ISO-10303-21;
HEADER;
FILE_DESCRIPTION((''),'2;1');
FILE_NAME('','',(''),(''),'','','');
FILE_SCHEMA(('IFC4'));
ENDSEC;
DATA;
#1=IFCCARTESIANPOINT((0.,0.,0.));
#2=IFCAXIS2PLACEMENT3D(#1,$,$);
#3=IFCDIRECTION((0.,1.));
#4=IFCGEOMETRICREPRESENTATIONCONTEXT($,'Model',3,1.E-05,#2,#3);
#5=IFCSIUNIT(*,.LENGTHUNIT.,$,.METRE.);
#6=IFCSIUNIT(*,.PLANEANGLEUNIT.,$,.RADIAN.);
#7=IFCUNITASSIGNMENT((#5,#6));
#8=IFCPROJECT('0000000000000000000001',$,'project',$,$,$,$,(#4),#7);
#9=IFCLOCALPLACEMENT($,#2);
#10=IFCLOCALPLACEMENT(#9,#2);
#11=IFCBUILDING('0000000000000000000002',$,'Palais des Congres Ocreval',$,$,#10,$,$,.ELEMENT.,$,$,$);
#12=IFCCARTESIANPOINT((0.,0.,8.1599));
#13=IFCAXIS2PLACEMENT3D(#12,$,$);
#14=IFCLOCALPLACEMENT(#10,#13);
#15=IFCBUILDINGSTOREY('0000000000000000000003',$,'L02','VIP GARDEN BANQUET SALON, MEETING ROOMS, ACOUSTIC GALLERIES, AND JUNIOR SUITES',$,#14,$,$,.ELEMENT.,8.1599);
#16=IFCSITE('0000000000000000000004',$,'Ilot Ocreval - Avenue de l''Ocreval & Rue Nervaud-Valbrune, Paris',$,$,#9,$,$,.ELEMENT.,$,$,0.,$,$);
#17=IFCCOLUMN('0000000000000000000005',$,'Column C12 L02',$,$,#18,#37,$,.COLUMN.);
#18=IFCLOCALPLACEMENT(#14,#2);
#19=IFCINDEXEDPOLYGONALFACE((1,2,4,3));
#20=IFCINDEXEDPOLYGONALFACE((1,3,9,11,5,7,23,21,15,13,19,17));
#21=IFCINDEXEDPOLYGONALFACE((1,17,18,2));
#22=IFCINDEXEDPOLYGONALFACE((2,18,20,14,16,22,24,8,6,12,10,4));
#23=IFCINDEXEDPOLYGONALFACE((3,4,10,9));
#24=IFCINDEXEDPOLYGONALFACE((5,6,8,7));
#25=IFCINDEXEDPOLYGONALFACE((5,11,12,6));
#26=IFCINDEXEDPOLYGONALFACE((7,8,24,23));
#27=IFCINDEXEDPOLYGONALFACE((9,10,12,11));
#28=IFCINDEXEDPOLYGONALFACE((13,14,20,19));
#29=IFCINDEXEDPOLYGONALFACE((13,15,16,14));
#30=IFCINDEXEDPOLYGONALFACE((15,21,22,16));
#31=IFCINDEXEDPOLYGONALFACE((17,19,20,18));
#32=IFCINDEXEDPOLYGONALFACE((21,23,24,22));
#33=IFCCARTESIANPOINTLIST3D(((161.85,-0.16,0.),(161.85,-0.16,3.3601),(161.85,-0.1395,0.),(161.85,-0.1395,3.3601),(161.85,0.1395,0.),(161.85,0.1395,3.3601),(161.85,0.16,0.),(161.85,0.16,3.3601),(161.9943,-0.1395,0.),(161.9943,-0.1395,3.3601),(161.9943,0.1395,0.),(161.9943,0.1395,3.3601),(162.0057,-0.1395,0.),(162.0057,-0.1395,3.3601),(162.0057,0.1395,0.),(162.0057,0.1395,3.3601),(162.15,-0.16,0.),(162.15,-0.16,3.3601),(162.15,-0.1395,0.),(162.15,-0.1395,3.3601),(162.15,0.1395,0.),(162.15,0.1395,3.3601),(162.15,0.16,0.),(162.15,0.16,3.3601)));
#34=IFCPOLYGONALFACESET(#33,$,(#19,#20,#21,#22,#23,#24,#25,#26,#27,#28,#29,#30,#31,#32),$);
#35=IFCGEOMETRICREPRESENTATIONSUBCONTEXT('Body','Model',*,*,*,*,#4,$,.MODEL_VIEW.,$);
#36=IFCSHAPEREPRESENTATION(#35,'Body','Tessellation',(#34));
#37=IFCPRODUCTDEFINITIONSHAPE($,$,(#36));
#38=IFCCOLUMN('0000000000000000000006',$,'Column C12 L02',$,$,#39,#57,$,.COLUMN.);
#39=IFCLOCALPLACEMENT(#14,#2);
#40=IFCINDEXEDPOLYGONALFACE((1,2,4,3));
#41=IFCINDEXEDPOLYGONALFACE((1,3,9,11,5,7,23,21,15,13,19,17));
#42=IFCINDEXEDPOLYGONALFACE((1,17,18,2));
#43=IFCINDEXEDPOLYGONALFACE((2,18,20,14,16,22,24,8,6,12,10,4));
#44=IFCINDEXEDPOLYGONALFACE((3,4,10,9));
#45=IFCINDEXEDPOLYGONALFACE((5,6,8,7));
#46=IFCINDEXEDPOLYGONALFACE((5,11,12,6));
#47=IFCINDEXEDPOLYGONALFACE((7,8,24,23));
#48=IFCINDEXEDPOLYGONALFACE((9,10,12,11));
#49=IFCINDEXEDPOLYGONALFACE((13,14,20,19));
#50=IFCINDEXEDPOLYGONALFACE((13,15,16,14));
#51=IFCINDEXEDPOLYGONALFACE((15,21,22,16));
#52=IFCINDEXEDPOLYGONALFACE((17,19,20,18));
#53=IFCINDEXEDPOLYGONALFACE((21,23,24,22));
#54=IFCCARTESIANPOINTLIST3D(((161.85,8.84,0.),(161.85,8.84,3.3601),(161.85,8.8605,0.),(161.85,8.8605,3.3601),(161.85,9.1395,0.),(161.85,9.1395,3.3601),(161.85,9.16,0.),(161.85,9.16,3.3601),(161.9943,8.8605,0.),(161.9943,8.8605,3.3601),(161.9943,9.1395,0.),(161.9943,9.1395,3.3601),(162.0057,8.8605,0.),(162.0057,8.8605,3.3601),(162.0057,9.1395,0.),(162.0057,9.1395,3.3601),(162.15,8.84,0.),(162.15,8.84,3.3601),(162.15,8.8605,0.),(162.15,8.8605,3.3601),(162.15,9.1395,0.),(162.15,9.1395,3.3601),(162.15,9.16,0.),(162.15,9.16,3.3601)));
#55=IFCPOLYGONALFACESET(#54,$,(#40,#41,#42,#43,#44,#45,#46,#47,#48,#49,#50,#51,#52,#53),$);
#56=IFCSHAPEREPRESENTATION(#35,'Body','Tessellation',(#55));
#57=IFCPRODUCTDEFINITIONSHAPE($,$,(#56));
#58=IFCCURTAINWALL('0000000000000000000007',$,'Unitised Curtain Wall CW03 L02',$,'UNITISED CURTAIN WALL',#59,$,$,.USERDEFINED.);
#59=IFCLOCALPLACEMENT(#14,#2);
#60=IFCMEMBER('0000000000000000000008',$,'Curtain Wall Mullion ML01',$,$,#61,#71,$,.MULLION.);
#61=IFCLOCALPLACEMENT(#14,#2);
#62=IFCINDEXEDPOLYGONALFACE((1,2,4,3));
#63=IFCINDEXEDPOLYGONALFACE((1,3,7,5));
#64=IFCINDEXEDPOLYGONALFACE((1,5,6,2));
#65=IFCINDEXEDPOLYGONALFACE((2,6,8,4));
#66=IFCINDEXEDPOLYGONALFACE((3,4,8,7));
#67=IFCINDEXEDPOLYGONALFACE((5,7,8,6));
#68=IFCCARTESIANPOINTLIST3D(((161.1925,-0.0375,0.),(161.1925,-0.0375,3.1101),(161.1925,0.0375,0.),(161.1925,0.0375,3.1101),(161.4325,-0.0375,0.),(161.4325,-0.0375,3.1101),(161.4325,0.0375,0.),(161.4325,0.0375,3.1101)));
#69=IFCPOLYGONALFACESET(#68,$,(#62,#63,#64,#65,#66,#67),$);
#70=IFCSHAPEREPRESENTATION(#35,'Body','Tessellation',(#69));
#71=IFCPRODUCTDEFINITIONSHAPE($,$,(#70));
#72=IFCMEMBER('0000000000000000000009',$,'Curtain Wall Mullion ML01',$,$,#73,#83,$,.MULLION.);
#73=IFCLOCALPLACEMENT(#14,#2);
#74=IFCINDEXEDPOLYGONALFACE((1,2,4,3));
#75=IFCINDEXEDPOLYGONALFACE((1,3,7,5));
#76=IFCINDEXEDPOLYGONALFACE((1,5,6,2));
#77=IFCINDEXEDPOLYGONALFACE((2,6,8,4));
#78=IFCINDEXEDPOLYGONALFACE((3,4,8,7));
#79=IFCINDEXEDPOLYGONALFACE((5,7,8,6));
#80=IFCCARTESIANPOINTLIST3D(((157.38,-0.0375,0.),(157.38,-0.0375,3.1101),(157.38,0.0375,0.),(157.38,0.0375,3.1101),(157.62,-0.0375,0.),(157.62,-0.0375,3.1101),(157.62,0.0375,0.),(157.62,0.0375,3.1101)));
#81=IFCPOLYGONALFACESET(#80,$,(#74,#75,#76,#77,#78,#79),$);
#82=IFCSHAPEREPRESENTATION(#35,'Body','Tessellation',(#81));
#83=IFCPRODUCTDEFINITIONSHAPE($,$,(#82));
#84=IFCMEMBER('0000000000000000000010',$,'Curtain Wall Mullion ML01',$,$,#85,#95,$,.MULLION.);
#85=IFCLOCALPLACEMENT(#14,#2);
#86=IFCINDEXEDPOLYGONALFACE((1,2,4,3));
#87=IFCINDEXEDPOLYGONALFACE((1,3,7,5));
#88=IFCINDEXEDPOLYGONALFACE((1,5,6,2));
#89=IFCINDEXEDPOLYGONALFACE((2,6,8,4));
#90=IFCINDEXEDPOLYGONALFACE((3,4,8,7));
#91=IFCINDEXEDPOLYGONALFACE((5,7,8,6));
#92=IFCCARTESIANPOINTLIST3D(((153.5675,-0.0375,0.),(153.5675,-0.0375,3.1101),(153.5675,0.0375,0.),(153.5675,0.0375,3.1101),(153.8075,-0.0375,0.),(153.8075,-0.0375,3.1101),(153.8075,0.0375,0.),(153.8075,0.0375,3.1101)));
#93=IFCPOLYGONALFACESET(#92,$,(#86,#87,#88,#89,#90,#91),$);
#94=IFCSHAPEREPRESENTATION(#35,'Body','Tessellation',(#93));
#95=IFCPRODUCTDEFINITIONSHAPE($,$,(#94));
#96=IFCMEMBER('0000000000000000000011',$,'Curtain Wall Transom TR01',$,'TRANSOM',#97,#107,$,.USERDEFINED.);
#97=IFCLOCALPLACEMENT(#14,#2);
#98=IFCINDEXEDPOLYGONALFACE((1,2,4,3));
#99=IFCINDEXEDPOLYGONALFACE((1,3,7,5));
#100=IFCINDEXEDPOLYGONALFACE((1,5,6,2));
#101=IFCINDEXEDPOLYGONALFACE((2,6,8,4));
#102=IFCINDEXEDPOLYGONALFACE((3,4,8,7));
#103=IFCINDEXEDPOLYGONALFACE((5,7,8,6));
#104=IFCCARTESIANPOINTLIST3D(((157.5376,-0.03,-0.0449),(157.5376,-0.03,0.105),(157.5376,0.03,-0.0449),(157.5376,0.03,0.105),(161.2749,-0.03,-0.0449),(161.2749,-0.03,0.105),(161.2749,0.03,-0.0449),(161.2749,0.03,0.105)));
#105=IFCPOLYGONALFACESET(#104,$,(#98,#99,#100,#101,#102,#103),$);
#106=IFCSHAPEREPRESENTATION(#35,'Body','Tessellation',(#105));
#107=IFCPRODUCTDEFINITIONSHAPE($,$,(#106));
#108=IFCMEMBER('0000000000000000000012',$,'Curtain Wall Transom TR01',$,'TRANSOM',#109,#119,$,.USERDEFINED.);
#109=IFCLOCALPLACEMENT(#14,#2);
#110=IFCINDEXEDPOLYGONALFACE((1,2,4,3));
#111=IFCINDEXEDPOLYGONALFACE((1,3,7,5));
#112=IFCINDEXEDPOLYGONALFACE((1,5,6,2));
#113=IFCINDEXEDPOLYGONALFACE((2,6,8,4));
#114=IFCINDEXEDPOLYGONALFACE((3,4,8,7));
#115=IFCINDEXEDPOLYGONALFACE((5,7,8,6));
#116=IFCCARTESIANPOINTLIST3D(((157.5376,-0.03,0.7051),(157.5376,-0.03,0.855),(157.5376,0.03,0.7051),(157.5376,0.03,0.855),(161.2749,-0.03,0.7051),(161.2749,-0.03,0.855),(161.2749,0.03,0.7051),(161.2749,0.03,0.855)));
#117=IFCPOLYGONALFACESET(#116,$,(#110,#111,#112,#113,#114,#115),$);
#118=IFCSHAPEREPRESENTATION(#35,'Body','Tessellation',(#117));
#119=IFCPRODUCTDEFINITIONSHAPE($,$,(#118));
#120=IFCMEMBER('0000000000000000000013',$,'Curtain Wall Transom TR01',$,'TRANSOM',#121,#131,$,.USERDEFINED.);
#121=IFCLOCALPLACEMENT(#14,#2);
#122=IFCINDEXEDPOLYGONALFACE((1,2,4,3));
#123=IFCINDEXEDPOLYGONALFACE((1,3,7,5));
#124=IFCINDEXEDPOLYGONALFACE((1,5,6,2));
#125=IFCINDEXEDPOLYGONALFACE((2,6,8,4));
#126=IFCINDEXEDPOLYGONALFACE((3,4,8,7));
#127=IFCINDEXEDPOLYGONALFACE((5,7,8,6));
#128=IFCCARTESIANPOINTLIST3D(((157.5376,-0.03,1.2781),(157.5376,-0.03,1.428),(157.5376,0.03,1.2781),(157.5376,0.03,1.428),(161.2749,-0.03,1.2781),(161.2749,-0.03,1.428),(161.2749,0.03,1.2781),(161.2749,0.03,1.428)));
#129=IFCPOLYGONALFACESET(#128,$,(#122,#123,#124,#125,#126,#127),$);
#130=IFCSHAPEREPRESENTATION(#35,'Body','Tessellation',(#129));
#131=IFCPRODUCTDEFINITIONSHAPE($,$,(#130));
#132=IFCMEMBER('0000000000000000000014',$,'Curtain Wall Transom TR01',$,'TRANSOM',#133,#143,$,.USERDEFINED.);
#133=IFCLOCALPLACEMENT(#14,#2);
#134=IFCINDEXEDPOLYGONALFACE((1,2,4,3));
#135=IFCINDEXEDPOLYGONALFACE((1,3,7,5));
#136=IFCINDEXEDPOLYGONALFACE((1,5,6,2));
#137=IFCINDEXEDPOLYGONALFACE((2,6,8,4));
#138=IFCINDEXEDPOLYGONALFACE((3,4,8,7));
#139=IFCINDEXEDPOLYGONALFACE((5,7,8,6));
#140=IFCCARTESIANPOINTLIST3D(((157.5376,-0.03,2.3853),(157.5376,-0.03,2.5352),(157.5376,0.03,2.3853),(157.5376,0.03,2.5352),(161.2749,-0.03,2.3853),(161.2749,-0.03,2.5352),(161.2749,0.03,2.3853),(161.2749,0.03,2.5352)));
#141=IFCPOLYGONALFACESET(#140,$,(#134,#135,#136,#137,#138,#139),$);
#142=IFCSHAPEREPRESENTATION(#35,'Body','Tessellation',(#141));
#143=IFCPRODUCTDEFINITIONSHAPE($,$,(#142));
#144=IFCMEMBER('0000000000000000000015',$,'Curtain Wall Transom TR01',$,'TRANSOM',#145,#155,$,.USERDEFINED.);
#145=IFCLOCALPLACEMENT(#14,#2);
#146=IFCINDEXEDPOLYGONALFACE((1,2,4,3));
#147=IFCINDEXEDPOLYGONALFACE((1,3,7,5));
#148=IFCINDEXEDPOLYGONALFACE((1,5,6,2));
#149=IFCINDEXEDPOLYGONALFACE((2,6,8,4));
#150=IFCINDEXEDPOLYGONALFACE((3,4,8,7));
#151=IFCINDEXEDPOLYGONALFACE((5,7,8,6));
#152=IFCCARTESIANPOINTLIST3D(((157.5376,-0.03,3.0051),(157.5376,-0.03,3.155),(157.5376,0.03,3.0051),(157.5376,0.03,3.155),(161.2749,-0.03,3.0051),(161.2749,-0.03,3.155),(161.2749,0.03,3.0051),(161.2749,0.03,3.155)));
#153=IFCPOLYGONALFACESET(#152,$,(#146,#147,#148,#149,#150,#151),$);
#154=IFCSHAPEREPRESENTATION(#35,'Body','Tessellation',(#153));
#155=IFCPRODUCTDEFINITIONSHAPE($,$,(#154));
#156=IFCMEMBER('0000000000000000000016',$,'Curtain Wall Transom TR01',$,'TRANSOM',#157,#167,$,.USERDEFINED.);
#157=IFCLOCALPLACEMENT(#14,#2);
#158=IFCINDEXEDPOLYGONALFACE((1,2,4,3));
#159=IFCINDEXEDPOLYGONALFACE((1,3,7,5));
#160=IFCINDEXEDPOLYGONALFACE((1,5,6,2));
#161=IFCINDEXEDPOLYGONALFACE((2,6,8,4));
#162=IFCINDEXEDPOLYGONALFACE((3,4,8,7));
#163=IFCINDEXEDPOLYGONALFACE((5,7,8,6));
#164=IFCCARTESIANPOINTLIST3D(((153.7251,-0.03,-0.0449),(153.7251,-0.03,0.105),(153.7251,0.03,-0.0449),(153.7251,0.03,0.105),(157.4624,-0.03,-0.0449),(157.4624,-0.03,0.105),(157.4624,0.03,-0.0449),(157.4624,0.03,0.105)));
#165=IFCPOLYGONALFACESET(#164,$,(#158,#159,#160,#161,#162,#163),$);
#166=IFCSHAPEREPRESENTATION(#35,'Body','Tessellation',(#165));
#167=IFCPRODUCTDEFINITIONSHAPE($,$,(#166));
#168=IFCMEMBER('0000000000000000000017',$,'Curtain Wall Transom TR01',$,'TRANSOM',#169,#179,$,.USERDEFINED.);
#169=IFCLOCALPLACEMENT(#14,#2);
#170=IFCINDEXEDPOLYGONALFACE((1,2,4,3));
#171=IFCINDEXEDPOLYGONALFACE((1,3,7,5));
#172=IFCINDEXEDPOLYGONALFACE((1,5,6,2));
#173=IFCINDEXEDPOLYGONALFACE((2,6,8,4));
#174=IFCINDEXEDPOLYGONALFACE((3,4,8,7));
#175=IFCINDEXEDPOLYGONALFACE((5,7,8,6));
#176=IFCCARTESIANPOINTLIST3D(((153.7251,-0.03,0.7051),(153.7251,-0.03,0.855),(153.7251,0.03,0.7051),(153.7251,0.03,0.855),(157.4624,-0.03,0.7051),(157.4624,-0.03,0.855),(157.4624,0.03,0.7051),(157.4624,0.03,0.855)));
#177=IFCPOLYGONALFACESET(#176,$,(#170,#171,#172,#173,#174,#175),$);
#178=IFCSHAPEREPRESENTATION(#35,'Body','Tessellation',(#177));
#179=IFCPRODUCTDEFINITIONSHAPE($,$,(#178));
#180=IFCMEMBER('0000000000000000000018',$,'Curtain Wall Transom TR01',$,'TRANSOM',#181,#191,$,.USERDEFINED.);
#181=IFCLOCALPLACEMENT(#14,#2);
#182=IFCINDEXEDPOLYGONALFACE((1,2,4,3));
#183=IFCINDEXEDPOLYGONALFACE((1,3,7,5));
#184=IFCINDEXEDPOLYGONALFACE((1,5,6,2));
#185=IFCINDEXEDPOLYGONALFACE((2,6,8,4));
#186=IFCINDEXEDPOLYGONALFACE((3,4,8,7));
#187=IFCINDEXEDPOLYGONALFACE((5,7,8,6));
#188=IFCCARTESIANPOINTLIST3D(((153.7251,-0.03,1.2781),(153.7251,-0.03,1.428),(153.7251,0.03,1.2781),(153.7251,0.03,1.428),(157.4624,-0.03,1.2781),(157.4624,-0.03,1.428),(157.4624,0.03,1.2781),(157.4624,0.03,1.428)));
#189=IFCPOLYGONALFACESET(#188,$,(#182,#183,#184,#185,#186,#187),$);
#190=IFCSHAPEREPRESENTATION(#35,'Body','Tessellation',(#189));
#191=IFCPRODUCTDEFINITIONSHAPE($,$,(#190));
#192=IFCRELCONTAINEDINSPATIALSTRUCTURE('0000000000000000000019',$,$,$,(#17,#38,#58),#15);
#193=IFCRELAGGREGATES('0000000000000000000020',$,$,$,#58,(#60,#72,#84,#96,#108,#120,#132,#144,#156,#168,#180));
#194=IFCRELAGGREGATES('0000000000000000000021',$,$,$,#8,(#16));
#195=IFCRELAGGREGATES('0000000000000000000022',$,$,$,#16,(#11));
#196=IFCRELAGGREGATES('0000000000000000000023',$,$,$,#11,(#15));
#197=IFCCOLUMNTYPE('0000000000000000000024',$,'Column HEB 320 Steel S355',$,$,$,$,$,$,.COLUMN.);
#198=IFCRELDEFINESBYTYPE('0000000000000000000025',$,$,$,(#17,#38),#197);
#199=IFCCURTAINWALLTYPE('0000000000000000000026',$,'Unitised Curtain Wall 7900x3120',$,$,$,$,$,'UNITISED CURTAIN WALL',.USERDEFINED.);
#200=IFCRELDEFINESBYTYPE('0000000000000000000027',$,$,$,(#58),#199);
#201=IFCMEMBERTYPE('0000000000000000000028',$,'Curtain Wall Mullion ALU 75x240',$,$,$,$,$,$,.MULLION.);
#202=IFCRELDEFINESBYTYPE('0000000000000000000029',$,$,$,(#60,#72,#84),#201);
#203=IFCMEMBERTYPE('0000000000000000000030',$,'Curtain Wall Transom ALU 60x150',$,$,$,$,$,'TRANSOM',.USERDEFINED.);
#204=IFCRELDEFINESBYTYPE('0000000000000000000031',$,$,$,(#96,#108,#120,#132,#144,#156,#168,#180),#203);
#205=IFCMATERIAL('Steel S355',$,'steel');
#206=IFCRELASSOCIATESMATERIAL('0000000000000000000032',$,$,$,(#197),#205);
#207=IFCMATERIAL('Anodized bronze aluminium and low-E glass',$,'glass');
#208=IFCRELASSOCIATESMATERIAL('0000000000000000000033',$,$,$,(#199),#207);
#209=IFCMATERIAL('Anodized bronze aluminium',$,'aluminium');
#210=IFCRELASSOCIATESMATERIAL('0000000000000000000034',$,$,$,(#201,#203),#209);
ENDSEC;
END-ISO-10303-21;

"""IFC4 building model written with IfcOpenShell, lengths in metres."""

from ifc_helpers import new_model, si_unit, direction, frame, origin, origin_2d, place, context, subcontext, project, spatial, rectangle, i_section, extrude, material, material_profile, profile_set, type_object, element, aggregate, save


model = new_model("IFC4")

# Units and contexts
model_context = context("Model", 3, precision=1e-05, world=origin(), true_north=direction((0.0, 1.0)))
body_context = subcontext(model_context, "Body", "Model", "MODEL_VIEW")
ifc_project = project(units=[si_unit("LENGTHUNIT", "METRE"), si_unit("PLANEANGLEUNIT", "RADIAN")], contexts=[model_context])

# Site, building, storey
site_placement = place(None, origin())
site = spatial("IfcSite", under=ifc_project, at=site_placement, Name="Ilot Ocreval - Avenue de l'Ocreval & Rue Nervaud-Valbrune, Paris", CompositionType="ELEMENT", RefElevation=0.0)
building_placement = place(site_placement, origin())
building = spatial("IfcBuilding", under=site, at=building_placement, Name="Palais des Congres Ocreval", CompositionType="ELEMENT")
storey_placement = place(building_placement, frame((0.0, 0.0, 8.1599)))
storey = spatial("IfcBuildingStorey", under=building, at=storey_placement, Name="L02", Description="VIP GARDEN BANQUET SALON, MEETING ROOMS, ACOUSTIC GALLERIES, AND JUNIOR SUITES", CompositionType="ELEMENT", Elevation=8.1599)

# Columns
ifc_material_1 = material(Name="Steel S355", Category="steel")
ifc_material_profile_1 = material_profile(ifc_material_1, i_section(OverallWidth=0.3, OverallDepth=0.3201, WebThickness=0.0115, FlangeThickness=0.0205, at=origin_2d()), Name="HEB 320")
ifc_profile_set_1 = profile_set([ifc_material_profile_1], Name="Steel S355")
column_type = type_object("IfcColumnType", Name="Column HEB 320 Steel S355", PredefinedType="COLUMN", material=ifc_profile_set_1)
for number, where, z_axis, x_axis, name in (
    (1, (162.0, 0.0, 0.0), (0.0, 0.0, 1.0), (1.0, 0.0, 0.0), "Column C12 L02"),
    (2, (162.0, 9.0, 0.0), (0.0, 0.0, 1.0), (1.0, 0.0, 0.0), "Column C12 L02"),
):
    element("IfcColumn", number, at=place(storey_placement, frame(where, z_axis=z_axis, x_axis=x_axis)), inside=storey, type_object=column_type, Name=name, PredefinedType="COLUMN", context=body_context, shape_type="SweptSolid", body=[
        extrude(i_section(OverallWidth=0.3, OverallDepth=0.3201, WebThickness=0.0115, FlangeThickness=0.0205, at=origin_2d()), origin(), (0.0, 0.0, 1.0), 3.3601),
    ])

# Curtain wall, members
ifc_material_2 = material(Name="Anodized bronze aluminium and low-E glass", Category="glass")
curtain_wall_type = type_object("IfcCurtainWallType", Name="Unitised Curtain Wall 7900x3120", ElementType="UNITISED CURTAIN WALL", PredefinedType="USERDEFINED", material=ifc_material_2)
curtain_wall_placement = place(storey_placement, origin())
curtain_wall = element("IfcCurtainWall", 3, at=curtain_wall_placement, inside=storey, type_object=curtain_wall_type, Name="Unitised Curtain Wall CW03 L02", ObjectType="UNITISED CURTAIN WALL", PredefinedType="USERDEFINED")
ifc_material_3 = material(Name="Anodized bronze aluminium", Category="aluminium")
ifc_material_profile_2 = material_profile(ifc_material_3, rectangle(XDim=0.075, YDim=0.24, at=origin_2d()), Name="ALU 75x240")
ifc_profile_set_2 = profile_set([ifc_material_profile_2], Name="Anodized bronze aluminium")
member_type_1 = type_object("IfcMemberType", Name="Curtain Wall Mullion ALU 75x240", PredefinedType="MULLION", material=ifc_profile_set_2)
member_1_placement = place(storey_placement, frame((161.3125, 0.0, 0.0), z_axis=(0.0, 0.0, 1.0), x_axis=(0.0, -1.0, 0.0)))
member_1 = element("IfcMember", 4, at=member_1_placement, type_object=member_type_1, Name="Curtain Wall Mullion ML01", PredefinedType="MULLION", context=body_context, shape_type="SweptSolid", body=[
    extrude(rectangle(XDim=0.075, YDim=0.24, at=origin_2d()), origin(), (0.0, 0.0, 1.0), 3.1101),
])
member_2_placement = place(storey_placement, frame((157.5, 0.0, 0.0), z_axis=(0.0, 0.0, 1.0), x_axis=(0.0, -1.0, 0.0)))
member_2 = element("IfcMember", 5, at=member_2_placement, type_object=member_type_1, Name="Curtain Wall Mullion ML01", PredefinedType="MULLION", context=body_context, shape_type="SweptSolid", body=[
    extrude(rectangle(XDim=0.075, YDim=0.24, at=origin_2d()), origin(), (0.0, 0.0, 1.0), 3.1101),
])
member_3_placement = place(storey_placement, frame((153.6875, 0.0, 0.0), z_axis=(0.0, 0.0, 1.0), x_axis=(0.0, -1.0, 0.0)))
member_3 = element("IfcMember", 6, at=member_3_placement, type_object=member_type_1, Name="Curtain Wall Mullion ML01", PredefinedType="MULLION", context=body_context, shape_type="SweptSolid", body=[
    extrude(rectangle(XDim=0.075, YDim=0.24, at=origin_2d()), origin(), (0.0, 0.0, 1.0), 3.1101),
])
ifc_material_profile_3 = material_profile(ifc_material_3, rectangle(XDim=0.0601, YDim=0.1499, at=origin_2d()), Name="ALU 60x150")
ifc_profile_set_3 = profile_set([ifc_material_profile_3], Name="Anodized bronze aluminium")
member_type_2 = type_object("IfcMemberType", Name="Curtain Wall Transom ALU 60x150", ElementType="TRANSOM", PredefinedType="USERDEFINED", material=ifc_profile_set_3)
member_4_placement = place(storey_placement, frame((161.2749, 0.0, 0.03), z_axis=(-1.0, 0.0, 0.0), x_axis=(0.0, -1.0, 0.0)))
member_4 = element("IfcMember", 7, at=member_4_placement, type_object=member_type_2, Name="Curtain Wall Transom TR01", ObjectType="TRANSOM", PredefinedType="USERDEFINED", context=body_context, shape_type="SweptSolid", body=[
    extrude(rectangle(XDim=0.0601, YDim=0.1499, at=origin_2d()), origin(), (0.0, 0.0, 1.0), 3.7373),
])
member_5_placement = place(storey_placement, frame((161.2749, 0.0, 0.78), z_axis=(-1.0, 0.0, 0.0), x_axis=(0.0, -1.0, 0.0)))
member_5 = element("IfcMember", 8, at=member_5_placement, type_object=member_type_2, Name="Curtain Wall Transom TR01", ObjectType="TRANSOM", PredefinedType="USERDEFINED", context=body_context, shape_type="SweptSolid", body=[
    extrude(rectangle(XDim=0.0601, YDim=0.1499, at=origin_2d()), origin(), (0.0, 0.0, 1.0), 3.7373),
])
member_6_placement = place(storey_placement, frame((161.2749, 0.0, 1.353), z_axis=(-1.0, 0.0, 0.0), x_axis=(0.0, -1.0, 0.0)))
member_6 = element("IfcMember", 9, at=member_6_placement, type_object=member_type_2, Name="Curtain Wall Transom TR01", ObjectType="TRANSOM", PredefinedType="USERDEFINED", context=body_context, shape_type="SweptSolid", body=[
    extrude(rectangle(XDim=0.0601, YDim=0.1499, at=origin_2d()), origin(), (0.0, 0.0, 1.0), 3.7373),
])
member_7_placement = place(storey_placement, frame((161.2749, 0.0, 2.4602), z_axis=(-1.0, 0.0, 0.0), x_axis=(0.0, -1.0, 0.0)))
member_7 = element("IfcMember", 10, at=member_7_placement, type_object=member_type_2, Name="Curtain Wall Transom TR01", ObjectType="TRANSOM", PredefinedType="USERDEFINED", context=body_context, shape_type="SweptSolid", body=[
    extrude(rectangle(XDim=0.0601, YDim=0.1499, at=origin_2d()), origin(), (0.0, 0.0, 1.0), 3.7373),
])
member_8_placement = place(storey_placement, frame((161.2749, 0.0, 3.0801), z_axis=(-1.0, 0.0, 0.0), x_axis=(0.0, -1.0, 0.0)))
member_8 = element("IfcMember", 11, at=member_8_placement, type_object=member_type_2, Name="Curtain Wall Transom TR01", ObjectType="TRANSOM", PredefinedType="USERDEFINED", context=body_context, shape_type="SweptSolid", body=[
    extrude(rectangle(XDim=0.0601, YDim=0.1499, at=origin_2d()), origin(), (0.0, 0.0, 1.0), 3.7373),
])
member_9_placement = place(storey_placement, frame((157.4624, 0.0, 0.03), z_axis=(-1.0, 0.0, 0.0), x_axis=(0.0, -1.0, 0.0)))
member_9 = element("IfcMember", 12, at=member_9_placement, type_object=member_type_2, Name="Curtain Wall Transom TR01", ObjectType="TRANSOM", PredefinedType="USERDEFINED", context=body_context, shape_type="SweptSolid", body=[
    extrude(rectangle(XDim=0.0601, YDim=0.1499, at=origin_2d()), origin(), (0.0, 0.0, 1.0), 3.7373),
])
member_10_placement = place(storey_placement, frame((157.4624, 0.0, 0.78), z_axis=(-1.0, 0.0, 0.0), x_axis=(0.0, -1.0, 0.0)))
member_10 = element("IfcMember", 13, at=member_10_placement, type_object=member_type_2, Name="Curtain Wall Transom TR01", ObjectType="TRANSOM", PredefinedType="USERDEFINED", context=body_context, shape_type="SweptSolid", body=[
    extrude(rectangle(XDim=0.0601, YDim=0.1499, at=origin_2d()), origin(), (0.0, 0.0, 1.0), 3.7373),
])
member_11_placement = place(storey_placement, frame((157.4624, 0.0, 1.353), z_axis=(-1.0, 0.0, 0.0), x_axis=(0.0, -1.0, 0.0)))
member_11 = element("IfcMember", 14, at=member_11_placement, type_object=member_type_2, Name="Curtain Wall Transom TR01", ObjectType="TRANSOM", PredefinedType="USERDEFINED", context=body_context, shape_type="SweptSolid", body=[
    extrude(rectangle(XDim=0.0601, YDim=0.1499, at=origin_2d()), origin(), (0.0, 0.0, 1.0), 3.7373),
])

aggregate(curtain_wall, [member_1, member_2, member_3, member_4, member_5, member_6, member_7, member_8, member_9, member_10, member_11])

save(model, "model.ifc")
